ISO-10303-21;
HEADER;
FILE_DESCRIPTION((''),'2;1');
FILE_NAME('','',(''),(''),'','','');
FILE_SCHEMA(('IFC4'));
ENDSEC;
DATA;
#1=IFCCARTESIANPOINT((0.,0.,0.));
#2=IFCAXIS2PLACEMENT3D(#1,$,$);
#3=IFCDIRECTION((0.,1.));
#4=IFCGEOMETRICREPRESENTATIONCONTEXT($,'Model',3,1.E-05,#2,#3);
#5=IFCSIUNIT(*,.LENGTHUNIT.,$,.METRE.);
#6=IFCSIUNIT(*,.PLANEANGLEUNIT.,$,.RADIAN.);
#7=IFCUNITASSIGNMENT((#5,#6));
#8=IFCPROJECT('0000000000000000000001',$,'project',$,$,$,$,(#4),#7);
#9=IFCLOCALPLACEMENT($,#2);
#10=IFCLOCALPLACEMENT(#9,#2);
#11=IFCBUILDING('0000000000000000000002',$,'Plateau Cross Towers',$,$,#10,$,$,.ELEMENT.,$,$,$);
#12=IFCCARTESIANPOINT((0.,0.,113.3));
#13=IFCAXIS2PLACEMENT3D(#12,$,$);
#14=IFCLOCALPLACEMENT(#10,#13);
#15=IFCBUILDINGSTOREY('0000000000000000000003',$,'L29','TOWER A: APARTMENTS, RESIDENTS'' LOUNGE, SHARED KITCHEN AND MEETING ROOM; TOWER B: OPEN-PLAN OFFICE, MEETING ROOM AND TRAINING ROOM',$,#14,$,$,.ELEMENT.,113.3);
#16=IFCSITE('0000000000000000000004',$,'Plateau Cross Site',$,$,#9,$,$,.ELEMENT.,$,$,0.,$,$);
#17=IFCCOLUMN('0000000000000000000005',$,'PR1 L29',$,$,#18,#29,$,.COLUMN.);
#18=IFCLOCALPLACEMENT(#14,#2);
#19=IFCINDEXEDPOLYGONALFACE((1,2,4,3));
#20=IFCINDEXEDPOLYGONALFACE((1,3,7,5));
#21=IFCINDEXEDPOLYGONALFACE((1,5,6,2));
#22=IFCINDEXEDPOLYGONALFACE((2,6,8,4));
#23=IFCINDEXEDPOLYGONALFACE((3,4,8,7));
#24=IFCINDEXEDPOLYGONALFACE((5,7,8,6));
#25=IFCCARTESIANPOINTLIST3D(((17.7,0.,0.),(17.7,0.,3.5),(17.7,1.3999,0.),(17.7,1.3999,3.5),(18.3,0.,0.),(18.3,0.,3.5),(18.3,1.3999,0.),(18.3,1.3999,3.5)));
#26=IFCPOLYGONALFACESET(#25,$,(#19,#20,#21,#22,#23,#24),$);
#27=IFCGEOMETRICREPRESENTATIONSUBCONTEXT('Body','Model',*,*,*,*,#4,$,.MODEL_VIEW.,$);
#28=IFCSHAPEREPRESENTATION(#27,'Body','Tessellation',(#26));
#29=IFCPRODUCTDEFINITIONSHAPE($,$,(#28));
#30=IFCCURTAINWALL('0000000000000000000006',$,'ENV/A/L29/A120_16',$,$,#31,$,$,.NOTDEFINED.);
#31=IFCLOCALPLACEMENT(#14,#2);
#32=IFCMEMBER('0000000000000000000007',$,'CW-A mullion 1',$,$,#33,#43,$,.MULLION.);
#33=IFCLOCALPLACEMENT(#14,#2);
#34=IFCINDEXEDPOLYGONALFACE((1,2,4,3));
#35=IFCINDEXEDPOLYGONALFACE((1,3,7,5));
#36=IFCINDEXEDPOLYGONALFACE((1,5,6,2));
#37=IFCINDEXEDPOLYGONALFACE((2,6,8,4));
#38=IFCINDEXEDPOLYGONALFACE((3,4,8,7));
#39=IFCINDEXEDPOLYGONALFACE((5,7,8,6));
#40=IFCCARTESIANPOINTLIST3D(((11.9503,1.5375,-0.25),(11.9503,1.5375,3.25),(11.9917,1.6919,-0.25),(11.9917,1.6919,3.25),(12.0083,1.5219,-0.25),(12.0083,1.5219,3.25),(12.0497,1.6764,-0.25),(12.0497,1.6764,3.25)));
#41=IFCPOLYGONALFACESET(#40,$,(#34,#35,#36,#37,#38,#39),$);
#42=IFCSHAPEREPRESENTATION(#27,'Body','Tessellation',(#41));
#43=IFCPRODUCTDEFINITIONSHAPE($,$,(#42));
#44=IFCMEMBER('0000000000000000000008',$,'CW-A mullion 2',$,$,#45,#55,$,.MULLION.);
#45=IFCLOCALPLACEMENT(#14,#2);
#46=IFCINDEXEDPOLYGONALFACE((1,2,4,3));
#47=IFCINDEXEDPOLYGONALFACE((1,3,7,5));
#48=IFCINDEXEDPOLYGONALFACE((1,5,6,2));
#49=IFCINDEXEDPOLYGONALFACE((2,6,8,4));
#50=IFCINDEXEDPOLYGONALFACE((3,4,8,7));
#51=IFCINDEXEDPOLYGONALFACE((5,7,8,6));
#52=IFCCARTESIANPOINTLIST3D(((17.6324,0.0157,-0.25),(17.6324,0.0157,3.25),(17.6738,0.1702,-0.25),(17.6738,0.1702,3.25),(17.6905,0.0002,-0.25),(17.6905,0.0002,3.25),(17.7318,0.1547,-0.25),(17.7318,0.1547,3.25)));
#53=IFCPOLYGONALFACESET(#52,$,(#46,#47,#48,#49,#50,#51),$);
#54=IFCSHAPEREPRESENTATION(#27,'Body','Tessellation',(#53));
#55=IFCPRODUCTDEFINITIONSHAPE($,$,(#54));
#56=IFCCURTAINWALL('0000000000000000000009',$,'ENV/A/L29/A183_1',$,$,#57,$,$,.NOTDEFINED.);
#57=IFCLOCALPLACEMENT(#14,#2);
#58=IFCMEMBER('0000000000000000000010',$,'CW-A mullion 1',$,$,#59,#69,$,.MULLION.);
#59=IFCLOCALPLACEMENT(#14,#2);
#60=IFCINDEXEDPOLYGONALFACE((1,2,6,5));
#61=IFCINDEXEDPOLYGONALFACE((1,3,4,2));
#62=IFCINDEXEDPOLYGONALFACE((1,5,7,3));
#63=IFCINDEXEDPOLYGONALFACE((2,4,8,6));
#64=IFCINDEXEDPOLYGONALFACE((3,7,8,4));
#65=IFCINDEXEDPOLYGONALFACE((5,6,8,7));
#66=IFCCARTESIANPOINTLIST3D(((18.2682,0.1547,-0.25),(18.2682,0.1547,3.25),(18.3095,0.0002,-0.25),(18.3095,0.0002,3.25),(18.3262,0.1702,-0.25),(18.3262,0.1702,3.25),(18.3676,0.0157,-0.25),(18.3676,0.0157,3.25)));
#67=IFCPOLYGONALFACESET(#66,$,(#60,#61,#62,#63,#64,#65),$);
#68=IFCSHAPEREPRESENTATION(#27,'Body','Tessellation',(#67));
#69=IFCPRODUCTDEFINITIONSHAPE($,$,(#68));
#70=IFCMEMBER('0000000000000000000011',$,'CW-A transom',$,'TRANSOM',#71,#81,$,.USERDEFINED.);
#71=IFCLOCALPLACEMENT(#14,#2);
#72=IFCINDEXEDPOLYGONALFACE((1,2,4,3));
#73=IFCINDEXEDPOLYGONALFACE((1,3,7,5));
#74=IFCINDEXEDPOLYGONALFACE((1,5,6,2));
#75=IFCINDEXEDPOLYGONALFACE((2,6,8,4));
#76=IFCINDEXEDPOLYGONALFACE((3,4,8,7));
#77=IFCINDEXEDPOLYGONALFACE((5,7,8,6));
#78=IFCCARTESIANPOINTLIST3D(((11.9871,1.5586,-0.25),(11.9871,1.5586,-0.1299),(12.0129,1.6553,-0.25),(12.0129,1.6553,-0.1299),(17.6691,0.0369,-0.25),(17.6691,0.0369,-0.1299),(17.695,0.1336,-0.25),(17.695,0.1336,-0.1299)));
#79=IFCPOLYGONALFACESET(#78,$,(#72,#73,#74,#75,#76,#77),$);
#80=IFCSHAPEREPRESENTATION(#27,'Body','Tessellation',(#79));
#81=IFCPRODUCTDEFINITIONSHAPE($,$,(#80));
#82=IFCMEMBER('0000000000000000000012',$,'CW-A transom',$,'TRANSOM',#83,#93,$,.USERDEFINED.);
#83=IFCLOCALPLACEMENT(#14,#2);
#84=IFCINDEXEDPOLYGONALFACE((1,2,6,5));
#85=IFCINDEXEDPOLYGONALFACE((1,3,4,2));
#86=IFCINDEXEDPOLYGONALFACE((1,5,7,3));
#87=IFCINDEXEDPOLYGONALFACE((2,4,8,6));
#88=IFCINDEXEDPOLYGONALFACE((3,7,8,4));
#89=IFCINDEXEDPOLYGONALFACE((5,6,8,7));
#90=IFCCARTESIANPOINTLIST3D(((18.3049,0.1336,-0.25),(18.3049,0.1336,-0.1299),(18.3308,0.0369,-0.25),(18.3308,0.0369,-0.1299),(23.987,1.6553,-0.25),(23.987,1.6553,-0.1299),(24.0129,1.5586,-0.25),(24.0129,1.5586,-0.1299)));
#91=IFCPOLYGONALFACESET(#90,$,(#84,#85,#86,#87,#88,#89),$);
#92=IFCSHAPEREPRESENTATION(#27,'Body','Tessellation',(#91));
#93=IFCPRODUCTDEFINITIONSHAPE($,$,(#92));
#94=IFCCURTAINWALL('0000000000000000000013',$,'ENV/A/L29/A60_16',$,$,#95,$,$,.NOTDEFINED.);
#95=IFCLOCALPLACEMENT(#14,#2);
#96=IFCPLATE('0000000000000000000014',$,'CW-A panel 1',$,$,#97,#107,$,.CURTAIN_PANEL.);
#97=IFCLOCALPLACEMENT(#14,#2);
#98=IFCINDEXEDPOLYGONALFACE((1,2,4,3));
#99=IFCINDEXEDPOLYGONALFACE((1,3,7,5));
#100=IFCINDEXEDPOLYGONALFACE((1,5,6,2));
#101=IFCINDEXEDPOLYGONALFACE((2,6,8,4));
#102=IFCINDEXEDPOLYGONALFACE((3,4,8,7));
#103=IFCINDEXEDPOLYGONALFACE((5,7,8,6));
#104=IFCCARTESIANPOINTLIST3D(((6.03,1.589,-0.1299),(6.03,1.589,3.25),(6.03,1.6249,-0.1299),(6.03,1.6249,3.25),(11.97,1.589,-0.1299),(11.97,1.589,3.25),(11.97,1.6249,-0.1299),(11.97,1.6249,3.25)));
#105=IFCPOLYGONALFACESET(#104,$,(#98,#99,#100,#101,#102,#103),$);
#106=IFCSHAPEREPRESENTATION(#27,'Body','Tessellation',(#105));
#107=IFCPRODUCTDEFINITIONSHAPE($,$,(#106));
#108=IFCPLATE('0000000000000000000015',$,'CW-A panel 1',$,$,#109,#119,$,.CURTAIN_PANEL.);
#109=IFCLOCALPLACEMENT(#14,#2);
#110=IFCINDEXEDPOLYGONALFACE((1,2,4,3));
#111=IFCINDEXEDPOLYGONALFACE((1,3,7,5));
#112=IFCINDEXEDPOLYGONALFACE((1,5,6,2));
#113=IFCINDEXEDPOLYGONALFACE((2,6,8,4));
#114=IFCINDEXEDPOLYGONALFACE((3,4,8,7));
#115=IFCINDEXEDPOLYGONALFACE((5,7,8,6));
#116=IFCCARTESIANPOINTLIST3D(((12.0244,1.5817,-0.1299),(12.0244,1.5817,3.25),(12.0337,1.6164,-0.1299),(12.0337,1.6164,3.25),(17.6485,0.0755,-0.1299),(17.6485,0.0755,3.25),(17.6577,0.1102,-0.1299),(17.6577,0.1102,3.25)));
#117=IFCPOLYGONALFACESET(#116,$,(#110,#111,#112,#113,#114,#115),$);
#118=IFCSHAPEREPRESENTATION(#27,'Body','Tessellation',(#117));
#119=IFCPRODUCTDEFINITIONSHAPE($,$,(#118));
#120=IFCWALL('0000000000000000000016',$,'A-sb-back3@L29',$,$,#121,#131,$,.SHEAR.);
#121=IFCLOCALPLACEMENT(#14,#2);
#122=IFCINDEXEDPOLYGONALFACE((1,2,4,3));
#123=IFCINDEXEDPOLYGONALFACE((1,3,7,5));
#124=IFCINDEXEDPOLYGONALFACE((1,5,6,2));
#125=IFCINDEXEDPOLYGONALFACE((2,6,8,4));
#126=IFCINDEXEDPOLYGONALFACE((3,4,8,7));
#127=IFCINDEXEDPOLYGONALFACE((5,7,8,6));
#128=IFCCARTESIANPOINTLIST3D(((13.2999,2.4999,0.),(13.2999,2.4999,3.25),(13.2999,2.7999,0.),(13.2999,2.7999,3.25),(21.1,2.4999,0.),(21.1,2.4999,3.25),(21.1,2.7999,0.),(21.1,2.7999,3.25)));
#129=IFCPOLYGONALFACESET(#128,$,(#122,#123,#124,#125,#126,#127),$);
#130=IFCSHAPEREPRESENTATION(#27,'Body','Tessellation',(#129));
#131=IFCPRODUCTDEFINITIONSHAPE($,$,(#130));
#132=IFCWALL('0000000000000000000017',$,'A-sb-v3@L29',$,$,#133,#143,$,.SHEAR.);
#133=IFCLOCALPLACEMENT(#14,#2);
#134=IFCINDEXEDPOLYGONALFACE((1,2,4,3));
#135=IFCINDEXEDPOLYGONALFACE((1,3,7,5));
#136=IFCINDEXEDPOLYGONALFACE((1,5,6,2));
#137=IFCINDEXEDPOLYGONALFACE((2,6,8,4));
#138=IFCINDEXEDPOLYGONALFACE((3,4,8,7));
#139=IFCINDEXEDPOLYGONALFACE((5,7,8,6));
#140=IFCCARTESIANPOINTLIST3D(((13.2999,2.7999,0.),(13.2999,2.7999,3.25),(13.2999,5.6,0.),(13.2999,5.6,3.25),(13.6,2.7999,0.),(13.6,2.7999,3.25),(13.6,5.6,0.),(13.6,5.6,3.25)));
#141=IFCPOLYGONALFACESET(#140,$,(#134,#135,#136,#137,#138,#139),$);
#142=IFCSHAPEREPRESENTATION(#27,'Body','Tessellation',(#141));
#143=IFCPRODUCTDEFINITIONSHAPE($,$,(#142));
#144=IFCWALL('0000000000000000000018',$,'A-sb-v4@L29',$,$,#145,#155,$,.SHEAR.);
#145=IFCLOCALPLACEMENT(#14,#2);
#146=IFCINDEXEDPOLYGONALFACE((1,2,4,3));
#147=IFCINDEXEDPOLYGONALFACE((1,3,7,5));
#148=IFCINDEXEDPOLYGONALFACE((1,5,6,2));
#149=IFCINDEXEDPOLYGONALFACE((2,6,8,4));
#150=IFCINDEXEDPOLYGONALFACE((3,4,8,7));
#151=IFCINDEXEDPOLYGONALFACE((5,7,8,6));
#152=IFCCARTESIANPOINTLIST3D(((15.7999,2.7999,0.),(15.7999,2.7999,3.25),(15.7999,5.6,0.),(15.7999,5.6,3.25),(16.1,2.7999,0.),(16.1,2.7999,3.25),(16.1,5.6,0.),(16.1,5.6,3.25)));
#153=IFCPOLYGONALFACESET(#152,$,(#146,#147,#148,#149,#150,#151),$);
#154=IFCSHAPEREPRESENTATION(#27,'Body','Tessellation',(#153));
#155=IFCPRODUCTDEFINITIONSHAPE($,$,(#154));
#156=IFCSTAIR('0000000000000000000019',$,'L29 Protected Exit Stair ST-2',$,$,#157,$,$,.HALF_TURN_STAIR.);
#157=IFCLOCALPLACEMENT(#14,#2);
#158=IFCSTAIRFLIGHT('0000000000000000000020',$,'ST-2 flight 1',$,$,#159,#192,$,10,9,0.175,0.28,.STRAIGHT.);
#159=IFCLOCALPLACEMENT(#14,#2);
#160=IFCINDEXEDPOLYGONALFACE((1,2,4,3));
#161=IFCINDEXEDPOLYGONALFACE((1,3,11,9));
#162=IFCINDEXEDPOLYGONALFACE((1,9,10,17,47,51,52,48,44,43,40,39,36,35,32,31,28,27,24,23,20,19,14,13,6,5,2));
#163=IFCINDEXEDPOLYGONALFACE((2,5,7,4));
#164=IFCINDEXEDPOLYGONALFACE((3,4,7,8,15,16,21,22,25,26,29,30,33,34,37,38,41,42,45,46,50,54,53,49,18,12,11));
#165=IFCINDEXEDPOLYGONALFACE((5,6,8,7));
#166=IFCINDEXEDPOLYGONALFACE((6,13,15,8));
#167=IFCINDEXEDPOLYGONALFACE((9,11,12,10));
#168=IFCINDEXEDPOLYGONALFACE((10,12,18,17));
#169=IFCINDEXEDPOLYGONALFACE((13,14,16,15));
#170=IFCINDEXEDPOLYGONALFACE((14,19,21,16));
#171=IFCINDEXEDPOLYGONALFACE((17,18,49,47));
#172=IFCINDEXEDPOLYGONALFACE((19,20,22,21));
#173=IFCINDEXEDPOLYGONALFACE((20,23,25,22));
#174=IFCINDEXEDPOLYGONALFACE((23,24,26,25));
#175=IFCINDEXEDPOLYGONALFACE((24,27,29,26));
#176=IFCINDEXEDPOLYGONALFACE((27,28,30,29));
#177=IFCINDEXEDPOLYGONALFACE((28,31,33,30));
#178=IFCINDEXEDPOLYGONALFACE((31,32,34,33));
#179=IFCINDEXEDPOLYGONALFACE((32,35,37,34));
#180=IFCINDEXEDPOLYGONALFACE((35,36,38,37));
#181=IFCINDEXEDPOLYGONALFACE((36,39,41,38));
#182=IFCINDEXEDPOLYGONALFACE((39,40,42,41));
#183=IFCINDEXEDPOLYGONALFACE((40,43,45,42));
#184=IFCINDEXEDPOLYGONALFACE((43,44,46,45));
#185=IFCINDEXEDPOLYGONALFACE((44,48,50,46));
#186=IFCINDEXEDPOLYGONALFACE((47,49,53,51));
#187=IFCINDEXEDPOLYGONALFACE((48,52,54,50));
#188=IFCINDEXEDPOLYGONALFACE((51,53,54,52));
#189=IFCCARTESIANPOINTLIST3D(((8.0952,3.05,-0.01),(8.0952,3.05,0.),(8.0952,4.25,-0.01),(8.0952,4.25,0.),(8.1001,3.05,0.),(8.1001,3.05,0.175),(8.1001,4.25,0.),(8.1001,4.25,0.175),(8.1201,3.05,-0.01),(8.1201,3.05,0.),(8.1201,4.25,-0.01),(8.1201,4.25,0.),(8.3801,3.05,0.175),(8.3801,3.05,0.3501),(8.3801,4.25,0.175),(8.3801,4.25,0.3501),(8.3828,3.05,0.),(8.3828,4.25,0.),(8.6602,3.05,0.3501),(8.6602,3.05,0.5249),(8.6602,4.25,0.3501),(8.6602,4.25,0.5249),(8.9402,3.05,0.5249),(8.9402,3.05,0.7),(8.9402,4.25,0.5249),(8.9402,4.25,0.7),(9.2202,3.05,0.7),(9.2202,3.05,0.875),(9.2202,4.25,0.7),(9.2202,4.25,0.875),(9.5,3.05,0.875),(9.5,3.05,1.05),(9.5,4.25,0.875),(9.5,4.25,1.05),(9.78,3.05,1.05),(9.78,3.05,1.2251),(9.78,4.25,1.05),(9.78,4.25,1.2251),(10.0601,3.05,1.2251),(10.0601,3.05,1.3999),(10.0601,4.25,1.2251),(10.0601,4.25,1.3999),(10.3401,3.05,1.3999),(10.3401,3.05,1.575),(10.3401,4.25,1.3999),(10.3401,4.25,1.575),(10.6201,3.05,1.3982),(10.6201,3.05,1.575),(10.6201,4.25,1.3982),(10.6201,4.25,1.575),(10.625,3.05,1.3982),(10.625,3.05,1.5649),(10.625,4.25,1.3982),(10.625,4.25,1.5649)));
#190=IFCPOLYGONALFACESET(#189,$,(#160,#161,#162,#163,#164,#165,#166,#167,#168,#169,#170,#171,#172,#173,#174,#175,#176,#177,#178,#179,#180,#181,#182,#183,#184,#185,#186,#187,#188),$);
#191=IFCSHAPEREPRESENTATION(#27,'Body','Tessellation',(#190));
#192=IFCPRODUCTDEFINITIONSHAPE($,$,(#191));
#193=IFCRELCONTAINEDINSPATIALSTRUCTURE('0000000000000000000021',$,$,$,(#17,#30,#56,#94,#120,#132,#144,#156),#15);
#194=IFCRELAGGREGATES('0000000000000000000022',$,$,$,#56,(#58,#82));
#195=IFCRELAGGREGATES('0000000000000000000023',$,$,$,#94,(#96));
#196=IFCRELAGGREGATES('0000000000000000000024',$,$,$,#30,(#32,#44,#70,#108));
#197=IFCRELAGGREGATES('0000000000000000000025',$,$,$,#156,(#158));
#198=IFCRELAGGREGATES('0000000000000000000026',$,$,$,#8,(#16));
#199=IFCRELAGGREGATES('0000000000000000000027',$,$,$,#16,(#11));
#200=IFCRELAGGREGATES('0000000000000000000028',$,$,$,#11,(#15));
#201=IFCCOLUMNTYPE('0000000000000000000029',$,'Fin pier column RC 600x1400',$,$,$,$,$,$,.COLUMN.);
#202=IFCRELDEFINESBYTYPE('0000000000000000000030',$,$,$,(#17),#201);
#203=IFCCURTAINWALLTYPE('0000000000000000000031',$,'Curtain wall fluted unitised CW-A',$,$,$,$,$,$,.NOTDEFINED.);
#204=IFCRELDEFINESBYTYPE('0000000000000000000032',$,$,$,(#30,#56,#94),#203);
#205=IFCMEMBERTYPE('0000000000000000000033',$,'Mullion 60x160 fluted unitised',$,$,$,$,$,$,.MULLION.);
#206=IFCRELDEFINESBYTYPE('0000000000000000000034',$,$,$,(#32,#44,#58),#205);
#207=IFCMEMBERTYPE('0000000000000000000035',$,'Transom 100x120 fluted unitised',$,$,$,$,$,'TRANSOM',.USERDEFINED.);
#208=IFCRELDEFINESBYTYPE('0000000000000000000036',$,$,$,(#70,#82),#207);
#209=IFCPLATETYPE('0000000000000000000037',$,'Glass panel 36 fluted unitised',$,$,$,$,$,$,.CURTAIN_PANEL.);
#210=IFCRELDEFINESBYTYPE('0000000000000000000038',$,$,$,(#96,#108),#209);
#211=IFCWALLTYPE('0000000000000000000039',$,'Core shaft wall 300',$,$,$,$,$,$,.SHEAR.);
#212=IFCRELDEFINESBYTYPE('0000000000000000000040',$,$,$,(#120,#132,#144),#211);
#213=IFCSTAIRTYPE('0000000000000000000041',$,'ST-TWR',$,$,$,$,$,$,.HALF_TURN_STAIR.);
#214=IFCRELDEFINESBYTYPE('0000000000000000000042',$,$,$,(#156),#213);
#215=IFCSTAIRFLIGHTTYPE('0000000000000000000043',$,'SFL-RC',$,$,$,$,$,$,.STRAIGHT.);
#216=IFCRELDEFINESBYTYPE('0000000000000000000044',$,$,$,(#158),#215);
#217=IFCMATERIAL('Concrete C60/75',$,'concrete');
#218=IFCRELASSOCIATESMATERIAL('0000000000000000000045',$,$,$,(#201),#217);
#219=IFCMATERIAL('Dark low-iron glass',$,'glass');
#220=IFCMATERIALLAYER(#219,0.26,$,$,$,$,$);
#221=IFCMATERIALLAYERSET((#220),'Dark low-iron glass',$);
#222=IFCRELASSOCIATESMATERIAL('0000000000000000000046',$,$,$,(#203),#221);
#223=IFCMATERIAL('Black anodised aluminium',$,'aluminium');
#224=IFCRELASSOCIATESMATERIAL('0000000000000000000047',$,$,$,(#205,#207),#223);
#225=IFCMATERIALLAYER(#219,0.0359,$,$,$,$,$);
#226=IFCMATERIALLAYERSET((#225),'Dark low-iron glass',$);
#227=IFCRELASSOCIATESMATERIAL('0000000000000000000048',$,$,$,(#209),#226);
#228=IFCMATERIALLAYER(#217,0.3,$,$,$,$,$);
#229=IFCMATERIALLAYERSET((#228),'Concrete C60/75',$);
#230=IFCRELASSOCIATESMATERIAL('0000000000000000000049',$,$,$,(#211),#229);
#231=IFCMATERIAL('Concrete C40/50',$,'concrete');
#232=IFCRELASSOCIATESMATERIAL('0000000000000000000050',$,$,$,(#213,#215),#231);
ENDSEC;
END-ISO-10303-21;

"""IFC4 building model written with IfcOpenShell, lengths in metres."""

from ifc_helpers import new_model, si_unit, direction, frame, frame_2d, origin, origin_2d, place, context, subcontext, project, spatial, polyline, rectangle, outline, extrude, material, layer, layer_set, material_profile, profile_set, type_object, element, aggregate, save


model = new_model("IFC4")

# Units and contexts
model_context = context("Model", 3, precision=1e-05, world=origin(), true_north=direction((0.0, 1.0)))
body_context = subcontext(model_context, "Body", "Model", "MODEL_VIEW")
ifc_project = project(units=[si_unit("LENGTHUNIT", "METRE"), si_unit("PLANEANGLEUNIT", "RADIAN")], contexts=[model_context])

# Site, building, storey
site_placement = place(None, origin())
site = spatial("IfcSite", under=ifc_project, at=site_placement, Name="Plateau Cross Site", CompositionType="ELEMENT", RefElevation=0.0)
building_placement = place(site_placement, origin())
building = spatial("IfcBuilding", under=site, at=building_placement, Name="Plateau Cross Towers", CompositionType="ELEMENT")
storey_placement = place(building_placement, frame((0.0, 0.0, 113.3)))
storey = spatial("IfcBuildingStorey", under=building, at=storey_placement, Name="L29", Description="TOWER A: APARTMENTS, RESIDENTS' LOUNGE, SHARED KITCHEN AND MEETING ROOM; TOWER B: OPEN-PLAN OFFICE, MEETING ROOM AND TRAINING ROOM", CompositionType="ELEMENT", Elevation=113.3)

# Column
ifc_material_1 = material(Name="Concrete C60/75", Category="concrete")
ifc_material_profile_1 = material_profile(ifc_material_1, rectangle(XDim=0.6001, YDim=1.3999, at=origin_2d()), Name="RC 600x1400")
ifc_profile_set_1 = profile_set([ifc_material_profile_1], Name="Concrete C60/75")
column_type = type_object("IfcColumnType", Name="Fin pier column RC 600x1400", PredefinedType="COLUMN", material=ifc_profile_set_1)
column_placement = place(storey_placement, frame((18.0, 0.7, 0.0), z_axis=(0.0, 0.0, 1.0), x_axis=(1.0, 0.0, 0.0)))
element("IfcColumn", 1, at=column_placement, inside=storey, type_object=column_type, Name="PR1 L29", PredefinedType="COLUMN", context=body_context, shape_type="SweptSolid", body=[
    extrude(rectangle(XDim=0.6001, YDim=1.3999, at=origin_2d()), origin(), (0.0, 0.0, 1.0), 3.5),
])

# Curtain wall, members
ifc_material_2 = material(Name="Dark low-iron glass", Category="glass")
ifc_layer_1 = layer(ifc_material_2, 0.26)
ifc_layer_set_1 = layer_set([ifc_layer_1], Name="Dark low-iron glass")
curtain_wall_type = type_object("IfcCurtainWallType", Name="Curtain wall fluted unitised CW-A", PredefinedType="NOTDEFINED", material=ifc_layer_set_1)
curtain_wall_1_placement = place(storey_placement, origin())
curtain_wall_1 = element("IfcCurtainWall", 2, at=curtain_wall_1_placement, inside=storey, type_object=curtain_wall_type, Name="ENV/A/L29/A120_16", PredefinedType="NOTDEFINED")
ifc_material_3 = material(Name="Black anodised aluminium", Category="aluminium")
ifc_material_profile_2 = material_profile(ifc_material_3, rectangle(XDim=0.0601, YDim=0.1599, at=origin_2d()), Name="MULLION 60x160")
ifc_profile_set_2 = profile_set([ifc_material_profile_2], Name="Black anodised aluminium")
member_type_1 = type_object("IfcMemberType", Name="Mullion 60x160 fluted unitised", PredefinedType="MULLION", material=ifc_profile_set_2)
member_1_placement = place(storey_placement, frame((12.0, 1.6069, -0.25), z_axis=(0.0, 0.0, 1.0), x_axis=(0.965958, -0.258699, 0.0)))
member_1 = element("IfcMember", 3, at=member_1_placement, type_object=member_type_1, Name="CW-A mullion 1", PredefinedType="MULLION", context=body_context, shape_type="SweptSolid", body=[
    extrude(rectangle(XDim=0.0601, YDim=0.1599, at=origin_2d()), origin(), (0.0, 0.0, 1.0), 3.5),
])
member_2_placement = place(storey_placement, frame((17.6821, 0.0852, -0.25), z_axis=(0.0, 0.0, 1.0), x_axis=(0.965958, -0.258699, 0.0)))
member_2 = element("IfcMember", 4, at=member_2_placement, type_object=member_type_1, Name="CW-A mullion 2", PredefinedType="MULLION", context=body_context, shape_type="SweptSolid", body=[
    extrude(rectangle(XDim=0.0601, YDim=0.1599, at=origin_2d()), origin(), (0.0, 0.0, 1.0), 3.5),
])

# Curtain wall, member
curtain_wall_2_placement = place(storey_placement, origin())
curtain_wall_2 = element("IfcCurtainWall", 5, at=curtain_wall_2_placement, inside=storey, type_object=curtain_wall_type, Name="ENV/A/L29/A183_1", PredefinedType="NOTDEFINED")
member_3_placement = place(storey_placement, frame((18.3179, 0.0852, -0.25), z_axis=(0.0, 0.0, 1.0), x_axis=(0.965958, 0.258699, 0.0)))
member_3 = element("IfcMember", 6, at=member_3_placement, type_object=member_type_1, Name="CW-A mullion 1", PredefinedType="MULLION", context=body_context, shape_type="SweptSolid", body=[
    extrude(rectangle(XDim=0.0601, YDim=0.1599, at=origin_2d()), origin(), (0.0, 0.0, 1.0), 3.5),
])

# Members
ifc_material_profile_3 = material_profile(ifc_material_3, rectangle(XDim=0.1001, YDim=0.1201, at=origin_2d()), Name="TRANSOM 100x120")
ifc_profile_set_3 = profile_set([ifc_material_profile_3], Name="Black anodised aluminium")
member_type_2 = type_object("IfcMemberType", Name="Transom 100x120 fluted unitised", ElementType="TRANSOM", PredefinedType="USERDEFINED", material=ifc_profile_set_3)
member_4_placement = place(storey_placement, frame((12.0, 1.6069, -0.1899), z_axis=(0.96596, -0.258693, 0.0), x_axis=(0.258693, 0.96596, 0.0)))
member_4 = element("IfcMember", 7, at=member_4_placement, type_object=member_type_2, Name="CW-A transom", ObjectType="TRANSOM", PredefinedType="USERDEFINED", context=body_context, shape_type="SweptSolid", body=[
    extrude(rectangle(XDim=0.1001, YDim=0.1201, at=origin_2d()), origin(), (0.0, 0.0, 1.0), 5.8823),
])
member_5_placement = place(storey_placement, frame((18.3179, 0.0852, -0.1899), z_axis=(0.96596, 0.258693, 0.0), x_axis=(-0.258693, 0.96596, 0.0)))
member_5 = element("IfcMember", 8, at=member_5_placement, type_object=member_type_2, Name="CW-A transom", ObjectType="TRANSOM", PredefinedType="USERDEFINED", context=body_context, shape_type="SweptSolid", body=[
    extrude(rectangle(XDim=0.1001, YDim=0.1201, at=origin_2d()), origin(), (0.0, 0.0, 1.0), 5.8823),
])
aggregate(curtain_wall_2, [member_3, member_5])

# Curtain wall, plate
curtain_wall_3_placement = place(storey_placement, origin())
curtain_wall_3 = element("IfcCurtainWall", 9, at=curtain_wall_3_placement, inside=storey, type_object=curtain_wall_type, Name="ENV/A/L29/A60_16", PredefinedType="NOTDEFINED")
ifc_layer_2 = layer(ifc_material_2, 0.0359)
ifc_layer_set_2 = layer_set([ifc_layer_2], Name="Dark low-iron glass")
plate_type = type_object("IfcPlateType", Name="Glass panel 36 fluted unitised", PredefinedType="CURTAIN_PANEL", material=ifc_layer_set_2)
plate_1_placement = place(storey_placement, frame((9.0, 1.6069, -0.1299), z_axis=(0.0, 0.0, 1.0), x_axis=(1.0, 0.0, 0.0)))
plate_1 = element("IfcPlate", 10, at=plate_1_placement, type_object=plate_type, Name="CW-A panel 1", PredefinedType="CURTAIN_PANEL", context=body_context, shape_type="SweptSolid", body=[
    extrude(rectangle(XDim=5.9399, YDim=0.0359, at=origin_2d()), origin(), (0.0, 0.0, 1.0), 3.3799),
])
aggregate(curtain_wall_3, [plate_1])

# Plate
plate_2_placement = place(storey_placement, frame((14.8411, 0.8459, -0.1299), z_axis=(0.0, 0.0, 1.0), x_axis=(0.965958, -0.258699, 0.0)))
plate_2 = element("IfcPlate", 11, at=plate_2_placement, type_object=plate_type, Name="CW-A panel 1", PredefinedType="CURTAIN_PANEL", context=body_context, shape_type="SweptSolid", body=[
    extrude(rectangle(XDim=5.8223, YDim=0.0359, at=origin_2d()), origin(), (0.0, 0.0, 1.0), 3.3799),
])
aggregate(curtain_wall_1, [member_1, member_2, member_4, plate_2])

# Walls
ifc_layer_3 = layer(ifc_material_1, 0.3)
ifc_layer_set_3 = layer_set([ifc_layer_3], Name="Concrete C60/75")
wall_type = type_object("IfcWallType", Name="Core shaft wall 300", PredefinedType="SHEAR", material=ifc_layer_set_3)
wall_placement = place(storey_placement, frame((13.3, 2.6499, 0.0), z_axis=(0.0, 0.0, 1.0), x_axis=(1.0, 0.0, 0.0)))
element("IfcWall", 12, at=wall_placement, inside=storey, type_object=wall_type, Name="A-sb-back3@L29", PredefinedType="SHEAR", context=body_context, shape_type="SweptSolid", body=[
    extrude(rectangle(XDim=7.8, YDim=0.3, at=frame_2d((3.8999, 0.0))), origin(), (0.0, 0.0, 1.0), 3.25),
])
for number, where, z_axis, x_axis, name in (
    (13, (13.45, 2.8, 0.0), (0.0, 0.0, 1.0), (0.0, 1.0, 0.0), "A-sb-v3@L29"),
    (14, (15.95, 2.8, 0.0), (0.0, 0.0, 1.0), (0.0, 1.0, 0.0), "A-sb-v4@L29"),
):
    element("IfcWall", number, at=place(storey_placement, frame(where, z_axis=z_axis, x_axis=x_axis)), inside=storey, type_object=wall_type, Name=name, PredefinedType="SHEAR", context=body_context, shape_type="SweptSolid", body=[
        extrude(rectangle(XDim=2.8, YDim=0.3, at=frame_2d((1.3999, 0.0))), origin(), (0.0, 0.0, 1.0), 3.25),
    ])

# Stair, stair flight
ifc_material_4 = material(Name="Concrete C40/50", Category="concrete")
stair_type = type_object("IfcStairType", Name="ST-TWR", PredefinedType="HALF_TURN_STAIR", material=ifc_material_4)
stair_placement = place(storey_placement, origin())
stair = element("IfcStair", 15, at=stair_placement, inside=storey, type_object=stair_type, Name="L29 Protected Exit Stair ST-2", PredefinedType="HALF_TURN_STAIR")
stair_flight_type = type_object("IfcStairFlightType", Name="SFL-RC", PredefinedType="STRAIGHT", material=ifc_material_4)
stair_flight_placement = place(storey_placement, frame((8.1001, 3.6499, 0.0), z_axis=(0.0, 0.0, 1.0), x_axis=(1.0, 0.0, 0.0)))
stair_flight = element("IfcStairFlight", 16, at=stair_flight_placement, type_object=stair_flight_type, Name="ST-2 flight 1", NumberOfRisers=10, NumberOfTreads=9, PredefinedType="STRAIGHT", RiserHeight=0.175, TreadLength=0.28, context=body_context, shape_type="SweptSolid", body=[
    extrude(outline(polyline([(-0.0049, -0.01), (-0.0049, 0.0), (0.0, 0.0), (0.0, 0.175), (0.28, 0.175), (0.28, 0.3501), (0.5601, 0.3501), (0.5601, 0.5249), (0.8401, 0.5249), (0.8401, 0.7), (1.1201, 0.7), (1.1201, 0.875), (1.3999, 0.875), (1.3999, 1.05), (1.6799, 1.05), (1.6799, 1.2251), (1.96, 1.2251), (1.96, 1.3999), (2.24, 1.3999), (2.24, 1.575), (2.52, 1.575), (2.5249, 1.5649), (2.5249, 1.3982), (2.52, 1.3982), (0.2827, 0.0), (0.02, 0.0), (0.02, -0.01), (-0.0049, -0.01)])), frame((0.0, 0.6001, 0.0), z_axis=(0.0, -1.0, 0.0), x_axis=(1.0, 0.0, 0.0)), (0.0, 0.0, 1.0), 1.2),
])
aggregate(stair, [stair_flight])

save(model, "model.ifc")
